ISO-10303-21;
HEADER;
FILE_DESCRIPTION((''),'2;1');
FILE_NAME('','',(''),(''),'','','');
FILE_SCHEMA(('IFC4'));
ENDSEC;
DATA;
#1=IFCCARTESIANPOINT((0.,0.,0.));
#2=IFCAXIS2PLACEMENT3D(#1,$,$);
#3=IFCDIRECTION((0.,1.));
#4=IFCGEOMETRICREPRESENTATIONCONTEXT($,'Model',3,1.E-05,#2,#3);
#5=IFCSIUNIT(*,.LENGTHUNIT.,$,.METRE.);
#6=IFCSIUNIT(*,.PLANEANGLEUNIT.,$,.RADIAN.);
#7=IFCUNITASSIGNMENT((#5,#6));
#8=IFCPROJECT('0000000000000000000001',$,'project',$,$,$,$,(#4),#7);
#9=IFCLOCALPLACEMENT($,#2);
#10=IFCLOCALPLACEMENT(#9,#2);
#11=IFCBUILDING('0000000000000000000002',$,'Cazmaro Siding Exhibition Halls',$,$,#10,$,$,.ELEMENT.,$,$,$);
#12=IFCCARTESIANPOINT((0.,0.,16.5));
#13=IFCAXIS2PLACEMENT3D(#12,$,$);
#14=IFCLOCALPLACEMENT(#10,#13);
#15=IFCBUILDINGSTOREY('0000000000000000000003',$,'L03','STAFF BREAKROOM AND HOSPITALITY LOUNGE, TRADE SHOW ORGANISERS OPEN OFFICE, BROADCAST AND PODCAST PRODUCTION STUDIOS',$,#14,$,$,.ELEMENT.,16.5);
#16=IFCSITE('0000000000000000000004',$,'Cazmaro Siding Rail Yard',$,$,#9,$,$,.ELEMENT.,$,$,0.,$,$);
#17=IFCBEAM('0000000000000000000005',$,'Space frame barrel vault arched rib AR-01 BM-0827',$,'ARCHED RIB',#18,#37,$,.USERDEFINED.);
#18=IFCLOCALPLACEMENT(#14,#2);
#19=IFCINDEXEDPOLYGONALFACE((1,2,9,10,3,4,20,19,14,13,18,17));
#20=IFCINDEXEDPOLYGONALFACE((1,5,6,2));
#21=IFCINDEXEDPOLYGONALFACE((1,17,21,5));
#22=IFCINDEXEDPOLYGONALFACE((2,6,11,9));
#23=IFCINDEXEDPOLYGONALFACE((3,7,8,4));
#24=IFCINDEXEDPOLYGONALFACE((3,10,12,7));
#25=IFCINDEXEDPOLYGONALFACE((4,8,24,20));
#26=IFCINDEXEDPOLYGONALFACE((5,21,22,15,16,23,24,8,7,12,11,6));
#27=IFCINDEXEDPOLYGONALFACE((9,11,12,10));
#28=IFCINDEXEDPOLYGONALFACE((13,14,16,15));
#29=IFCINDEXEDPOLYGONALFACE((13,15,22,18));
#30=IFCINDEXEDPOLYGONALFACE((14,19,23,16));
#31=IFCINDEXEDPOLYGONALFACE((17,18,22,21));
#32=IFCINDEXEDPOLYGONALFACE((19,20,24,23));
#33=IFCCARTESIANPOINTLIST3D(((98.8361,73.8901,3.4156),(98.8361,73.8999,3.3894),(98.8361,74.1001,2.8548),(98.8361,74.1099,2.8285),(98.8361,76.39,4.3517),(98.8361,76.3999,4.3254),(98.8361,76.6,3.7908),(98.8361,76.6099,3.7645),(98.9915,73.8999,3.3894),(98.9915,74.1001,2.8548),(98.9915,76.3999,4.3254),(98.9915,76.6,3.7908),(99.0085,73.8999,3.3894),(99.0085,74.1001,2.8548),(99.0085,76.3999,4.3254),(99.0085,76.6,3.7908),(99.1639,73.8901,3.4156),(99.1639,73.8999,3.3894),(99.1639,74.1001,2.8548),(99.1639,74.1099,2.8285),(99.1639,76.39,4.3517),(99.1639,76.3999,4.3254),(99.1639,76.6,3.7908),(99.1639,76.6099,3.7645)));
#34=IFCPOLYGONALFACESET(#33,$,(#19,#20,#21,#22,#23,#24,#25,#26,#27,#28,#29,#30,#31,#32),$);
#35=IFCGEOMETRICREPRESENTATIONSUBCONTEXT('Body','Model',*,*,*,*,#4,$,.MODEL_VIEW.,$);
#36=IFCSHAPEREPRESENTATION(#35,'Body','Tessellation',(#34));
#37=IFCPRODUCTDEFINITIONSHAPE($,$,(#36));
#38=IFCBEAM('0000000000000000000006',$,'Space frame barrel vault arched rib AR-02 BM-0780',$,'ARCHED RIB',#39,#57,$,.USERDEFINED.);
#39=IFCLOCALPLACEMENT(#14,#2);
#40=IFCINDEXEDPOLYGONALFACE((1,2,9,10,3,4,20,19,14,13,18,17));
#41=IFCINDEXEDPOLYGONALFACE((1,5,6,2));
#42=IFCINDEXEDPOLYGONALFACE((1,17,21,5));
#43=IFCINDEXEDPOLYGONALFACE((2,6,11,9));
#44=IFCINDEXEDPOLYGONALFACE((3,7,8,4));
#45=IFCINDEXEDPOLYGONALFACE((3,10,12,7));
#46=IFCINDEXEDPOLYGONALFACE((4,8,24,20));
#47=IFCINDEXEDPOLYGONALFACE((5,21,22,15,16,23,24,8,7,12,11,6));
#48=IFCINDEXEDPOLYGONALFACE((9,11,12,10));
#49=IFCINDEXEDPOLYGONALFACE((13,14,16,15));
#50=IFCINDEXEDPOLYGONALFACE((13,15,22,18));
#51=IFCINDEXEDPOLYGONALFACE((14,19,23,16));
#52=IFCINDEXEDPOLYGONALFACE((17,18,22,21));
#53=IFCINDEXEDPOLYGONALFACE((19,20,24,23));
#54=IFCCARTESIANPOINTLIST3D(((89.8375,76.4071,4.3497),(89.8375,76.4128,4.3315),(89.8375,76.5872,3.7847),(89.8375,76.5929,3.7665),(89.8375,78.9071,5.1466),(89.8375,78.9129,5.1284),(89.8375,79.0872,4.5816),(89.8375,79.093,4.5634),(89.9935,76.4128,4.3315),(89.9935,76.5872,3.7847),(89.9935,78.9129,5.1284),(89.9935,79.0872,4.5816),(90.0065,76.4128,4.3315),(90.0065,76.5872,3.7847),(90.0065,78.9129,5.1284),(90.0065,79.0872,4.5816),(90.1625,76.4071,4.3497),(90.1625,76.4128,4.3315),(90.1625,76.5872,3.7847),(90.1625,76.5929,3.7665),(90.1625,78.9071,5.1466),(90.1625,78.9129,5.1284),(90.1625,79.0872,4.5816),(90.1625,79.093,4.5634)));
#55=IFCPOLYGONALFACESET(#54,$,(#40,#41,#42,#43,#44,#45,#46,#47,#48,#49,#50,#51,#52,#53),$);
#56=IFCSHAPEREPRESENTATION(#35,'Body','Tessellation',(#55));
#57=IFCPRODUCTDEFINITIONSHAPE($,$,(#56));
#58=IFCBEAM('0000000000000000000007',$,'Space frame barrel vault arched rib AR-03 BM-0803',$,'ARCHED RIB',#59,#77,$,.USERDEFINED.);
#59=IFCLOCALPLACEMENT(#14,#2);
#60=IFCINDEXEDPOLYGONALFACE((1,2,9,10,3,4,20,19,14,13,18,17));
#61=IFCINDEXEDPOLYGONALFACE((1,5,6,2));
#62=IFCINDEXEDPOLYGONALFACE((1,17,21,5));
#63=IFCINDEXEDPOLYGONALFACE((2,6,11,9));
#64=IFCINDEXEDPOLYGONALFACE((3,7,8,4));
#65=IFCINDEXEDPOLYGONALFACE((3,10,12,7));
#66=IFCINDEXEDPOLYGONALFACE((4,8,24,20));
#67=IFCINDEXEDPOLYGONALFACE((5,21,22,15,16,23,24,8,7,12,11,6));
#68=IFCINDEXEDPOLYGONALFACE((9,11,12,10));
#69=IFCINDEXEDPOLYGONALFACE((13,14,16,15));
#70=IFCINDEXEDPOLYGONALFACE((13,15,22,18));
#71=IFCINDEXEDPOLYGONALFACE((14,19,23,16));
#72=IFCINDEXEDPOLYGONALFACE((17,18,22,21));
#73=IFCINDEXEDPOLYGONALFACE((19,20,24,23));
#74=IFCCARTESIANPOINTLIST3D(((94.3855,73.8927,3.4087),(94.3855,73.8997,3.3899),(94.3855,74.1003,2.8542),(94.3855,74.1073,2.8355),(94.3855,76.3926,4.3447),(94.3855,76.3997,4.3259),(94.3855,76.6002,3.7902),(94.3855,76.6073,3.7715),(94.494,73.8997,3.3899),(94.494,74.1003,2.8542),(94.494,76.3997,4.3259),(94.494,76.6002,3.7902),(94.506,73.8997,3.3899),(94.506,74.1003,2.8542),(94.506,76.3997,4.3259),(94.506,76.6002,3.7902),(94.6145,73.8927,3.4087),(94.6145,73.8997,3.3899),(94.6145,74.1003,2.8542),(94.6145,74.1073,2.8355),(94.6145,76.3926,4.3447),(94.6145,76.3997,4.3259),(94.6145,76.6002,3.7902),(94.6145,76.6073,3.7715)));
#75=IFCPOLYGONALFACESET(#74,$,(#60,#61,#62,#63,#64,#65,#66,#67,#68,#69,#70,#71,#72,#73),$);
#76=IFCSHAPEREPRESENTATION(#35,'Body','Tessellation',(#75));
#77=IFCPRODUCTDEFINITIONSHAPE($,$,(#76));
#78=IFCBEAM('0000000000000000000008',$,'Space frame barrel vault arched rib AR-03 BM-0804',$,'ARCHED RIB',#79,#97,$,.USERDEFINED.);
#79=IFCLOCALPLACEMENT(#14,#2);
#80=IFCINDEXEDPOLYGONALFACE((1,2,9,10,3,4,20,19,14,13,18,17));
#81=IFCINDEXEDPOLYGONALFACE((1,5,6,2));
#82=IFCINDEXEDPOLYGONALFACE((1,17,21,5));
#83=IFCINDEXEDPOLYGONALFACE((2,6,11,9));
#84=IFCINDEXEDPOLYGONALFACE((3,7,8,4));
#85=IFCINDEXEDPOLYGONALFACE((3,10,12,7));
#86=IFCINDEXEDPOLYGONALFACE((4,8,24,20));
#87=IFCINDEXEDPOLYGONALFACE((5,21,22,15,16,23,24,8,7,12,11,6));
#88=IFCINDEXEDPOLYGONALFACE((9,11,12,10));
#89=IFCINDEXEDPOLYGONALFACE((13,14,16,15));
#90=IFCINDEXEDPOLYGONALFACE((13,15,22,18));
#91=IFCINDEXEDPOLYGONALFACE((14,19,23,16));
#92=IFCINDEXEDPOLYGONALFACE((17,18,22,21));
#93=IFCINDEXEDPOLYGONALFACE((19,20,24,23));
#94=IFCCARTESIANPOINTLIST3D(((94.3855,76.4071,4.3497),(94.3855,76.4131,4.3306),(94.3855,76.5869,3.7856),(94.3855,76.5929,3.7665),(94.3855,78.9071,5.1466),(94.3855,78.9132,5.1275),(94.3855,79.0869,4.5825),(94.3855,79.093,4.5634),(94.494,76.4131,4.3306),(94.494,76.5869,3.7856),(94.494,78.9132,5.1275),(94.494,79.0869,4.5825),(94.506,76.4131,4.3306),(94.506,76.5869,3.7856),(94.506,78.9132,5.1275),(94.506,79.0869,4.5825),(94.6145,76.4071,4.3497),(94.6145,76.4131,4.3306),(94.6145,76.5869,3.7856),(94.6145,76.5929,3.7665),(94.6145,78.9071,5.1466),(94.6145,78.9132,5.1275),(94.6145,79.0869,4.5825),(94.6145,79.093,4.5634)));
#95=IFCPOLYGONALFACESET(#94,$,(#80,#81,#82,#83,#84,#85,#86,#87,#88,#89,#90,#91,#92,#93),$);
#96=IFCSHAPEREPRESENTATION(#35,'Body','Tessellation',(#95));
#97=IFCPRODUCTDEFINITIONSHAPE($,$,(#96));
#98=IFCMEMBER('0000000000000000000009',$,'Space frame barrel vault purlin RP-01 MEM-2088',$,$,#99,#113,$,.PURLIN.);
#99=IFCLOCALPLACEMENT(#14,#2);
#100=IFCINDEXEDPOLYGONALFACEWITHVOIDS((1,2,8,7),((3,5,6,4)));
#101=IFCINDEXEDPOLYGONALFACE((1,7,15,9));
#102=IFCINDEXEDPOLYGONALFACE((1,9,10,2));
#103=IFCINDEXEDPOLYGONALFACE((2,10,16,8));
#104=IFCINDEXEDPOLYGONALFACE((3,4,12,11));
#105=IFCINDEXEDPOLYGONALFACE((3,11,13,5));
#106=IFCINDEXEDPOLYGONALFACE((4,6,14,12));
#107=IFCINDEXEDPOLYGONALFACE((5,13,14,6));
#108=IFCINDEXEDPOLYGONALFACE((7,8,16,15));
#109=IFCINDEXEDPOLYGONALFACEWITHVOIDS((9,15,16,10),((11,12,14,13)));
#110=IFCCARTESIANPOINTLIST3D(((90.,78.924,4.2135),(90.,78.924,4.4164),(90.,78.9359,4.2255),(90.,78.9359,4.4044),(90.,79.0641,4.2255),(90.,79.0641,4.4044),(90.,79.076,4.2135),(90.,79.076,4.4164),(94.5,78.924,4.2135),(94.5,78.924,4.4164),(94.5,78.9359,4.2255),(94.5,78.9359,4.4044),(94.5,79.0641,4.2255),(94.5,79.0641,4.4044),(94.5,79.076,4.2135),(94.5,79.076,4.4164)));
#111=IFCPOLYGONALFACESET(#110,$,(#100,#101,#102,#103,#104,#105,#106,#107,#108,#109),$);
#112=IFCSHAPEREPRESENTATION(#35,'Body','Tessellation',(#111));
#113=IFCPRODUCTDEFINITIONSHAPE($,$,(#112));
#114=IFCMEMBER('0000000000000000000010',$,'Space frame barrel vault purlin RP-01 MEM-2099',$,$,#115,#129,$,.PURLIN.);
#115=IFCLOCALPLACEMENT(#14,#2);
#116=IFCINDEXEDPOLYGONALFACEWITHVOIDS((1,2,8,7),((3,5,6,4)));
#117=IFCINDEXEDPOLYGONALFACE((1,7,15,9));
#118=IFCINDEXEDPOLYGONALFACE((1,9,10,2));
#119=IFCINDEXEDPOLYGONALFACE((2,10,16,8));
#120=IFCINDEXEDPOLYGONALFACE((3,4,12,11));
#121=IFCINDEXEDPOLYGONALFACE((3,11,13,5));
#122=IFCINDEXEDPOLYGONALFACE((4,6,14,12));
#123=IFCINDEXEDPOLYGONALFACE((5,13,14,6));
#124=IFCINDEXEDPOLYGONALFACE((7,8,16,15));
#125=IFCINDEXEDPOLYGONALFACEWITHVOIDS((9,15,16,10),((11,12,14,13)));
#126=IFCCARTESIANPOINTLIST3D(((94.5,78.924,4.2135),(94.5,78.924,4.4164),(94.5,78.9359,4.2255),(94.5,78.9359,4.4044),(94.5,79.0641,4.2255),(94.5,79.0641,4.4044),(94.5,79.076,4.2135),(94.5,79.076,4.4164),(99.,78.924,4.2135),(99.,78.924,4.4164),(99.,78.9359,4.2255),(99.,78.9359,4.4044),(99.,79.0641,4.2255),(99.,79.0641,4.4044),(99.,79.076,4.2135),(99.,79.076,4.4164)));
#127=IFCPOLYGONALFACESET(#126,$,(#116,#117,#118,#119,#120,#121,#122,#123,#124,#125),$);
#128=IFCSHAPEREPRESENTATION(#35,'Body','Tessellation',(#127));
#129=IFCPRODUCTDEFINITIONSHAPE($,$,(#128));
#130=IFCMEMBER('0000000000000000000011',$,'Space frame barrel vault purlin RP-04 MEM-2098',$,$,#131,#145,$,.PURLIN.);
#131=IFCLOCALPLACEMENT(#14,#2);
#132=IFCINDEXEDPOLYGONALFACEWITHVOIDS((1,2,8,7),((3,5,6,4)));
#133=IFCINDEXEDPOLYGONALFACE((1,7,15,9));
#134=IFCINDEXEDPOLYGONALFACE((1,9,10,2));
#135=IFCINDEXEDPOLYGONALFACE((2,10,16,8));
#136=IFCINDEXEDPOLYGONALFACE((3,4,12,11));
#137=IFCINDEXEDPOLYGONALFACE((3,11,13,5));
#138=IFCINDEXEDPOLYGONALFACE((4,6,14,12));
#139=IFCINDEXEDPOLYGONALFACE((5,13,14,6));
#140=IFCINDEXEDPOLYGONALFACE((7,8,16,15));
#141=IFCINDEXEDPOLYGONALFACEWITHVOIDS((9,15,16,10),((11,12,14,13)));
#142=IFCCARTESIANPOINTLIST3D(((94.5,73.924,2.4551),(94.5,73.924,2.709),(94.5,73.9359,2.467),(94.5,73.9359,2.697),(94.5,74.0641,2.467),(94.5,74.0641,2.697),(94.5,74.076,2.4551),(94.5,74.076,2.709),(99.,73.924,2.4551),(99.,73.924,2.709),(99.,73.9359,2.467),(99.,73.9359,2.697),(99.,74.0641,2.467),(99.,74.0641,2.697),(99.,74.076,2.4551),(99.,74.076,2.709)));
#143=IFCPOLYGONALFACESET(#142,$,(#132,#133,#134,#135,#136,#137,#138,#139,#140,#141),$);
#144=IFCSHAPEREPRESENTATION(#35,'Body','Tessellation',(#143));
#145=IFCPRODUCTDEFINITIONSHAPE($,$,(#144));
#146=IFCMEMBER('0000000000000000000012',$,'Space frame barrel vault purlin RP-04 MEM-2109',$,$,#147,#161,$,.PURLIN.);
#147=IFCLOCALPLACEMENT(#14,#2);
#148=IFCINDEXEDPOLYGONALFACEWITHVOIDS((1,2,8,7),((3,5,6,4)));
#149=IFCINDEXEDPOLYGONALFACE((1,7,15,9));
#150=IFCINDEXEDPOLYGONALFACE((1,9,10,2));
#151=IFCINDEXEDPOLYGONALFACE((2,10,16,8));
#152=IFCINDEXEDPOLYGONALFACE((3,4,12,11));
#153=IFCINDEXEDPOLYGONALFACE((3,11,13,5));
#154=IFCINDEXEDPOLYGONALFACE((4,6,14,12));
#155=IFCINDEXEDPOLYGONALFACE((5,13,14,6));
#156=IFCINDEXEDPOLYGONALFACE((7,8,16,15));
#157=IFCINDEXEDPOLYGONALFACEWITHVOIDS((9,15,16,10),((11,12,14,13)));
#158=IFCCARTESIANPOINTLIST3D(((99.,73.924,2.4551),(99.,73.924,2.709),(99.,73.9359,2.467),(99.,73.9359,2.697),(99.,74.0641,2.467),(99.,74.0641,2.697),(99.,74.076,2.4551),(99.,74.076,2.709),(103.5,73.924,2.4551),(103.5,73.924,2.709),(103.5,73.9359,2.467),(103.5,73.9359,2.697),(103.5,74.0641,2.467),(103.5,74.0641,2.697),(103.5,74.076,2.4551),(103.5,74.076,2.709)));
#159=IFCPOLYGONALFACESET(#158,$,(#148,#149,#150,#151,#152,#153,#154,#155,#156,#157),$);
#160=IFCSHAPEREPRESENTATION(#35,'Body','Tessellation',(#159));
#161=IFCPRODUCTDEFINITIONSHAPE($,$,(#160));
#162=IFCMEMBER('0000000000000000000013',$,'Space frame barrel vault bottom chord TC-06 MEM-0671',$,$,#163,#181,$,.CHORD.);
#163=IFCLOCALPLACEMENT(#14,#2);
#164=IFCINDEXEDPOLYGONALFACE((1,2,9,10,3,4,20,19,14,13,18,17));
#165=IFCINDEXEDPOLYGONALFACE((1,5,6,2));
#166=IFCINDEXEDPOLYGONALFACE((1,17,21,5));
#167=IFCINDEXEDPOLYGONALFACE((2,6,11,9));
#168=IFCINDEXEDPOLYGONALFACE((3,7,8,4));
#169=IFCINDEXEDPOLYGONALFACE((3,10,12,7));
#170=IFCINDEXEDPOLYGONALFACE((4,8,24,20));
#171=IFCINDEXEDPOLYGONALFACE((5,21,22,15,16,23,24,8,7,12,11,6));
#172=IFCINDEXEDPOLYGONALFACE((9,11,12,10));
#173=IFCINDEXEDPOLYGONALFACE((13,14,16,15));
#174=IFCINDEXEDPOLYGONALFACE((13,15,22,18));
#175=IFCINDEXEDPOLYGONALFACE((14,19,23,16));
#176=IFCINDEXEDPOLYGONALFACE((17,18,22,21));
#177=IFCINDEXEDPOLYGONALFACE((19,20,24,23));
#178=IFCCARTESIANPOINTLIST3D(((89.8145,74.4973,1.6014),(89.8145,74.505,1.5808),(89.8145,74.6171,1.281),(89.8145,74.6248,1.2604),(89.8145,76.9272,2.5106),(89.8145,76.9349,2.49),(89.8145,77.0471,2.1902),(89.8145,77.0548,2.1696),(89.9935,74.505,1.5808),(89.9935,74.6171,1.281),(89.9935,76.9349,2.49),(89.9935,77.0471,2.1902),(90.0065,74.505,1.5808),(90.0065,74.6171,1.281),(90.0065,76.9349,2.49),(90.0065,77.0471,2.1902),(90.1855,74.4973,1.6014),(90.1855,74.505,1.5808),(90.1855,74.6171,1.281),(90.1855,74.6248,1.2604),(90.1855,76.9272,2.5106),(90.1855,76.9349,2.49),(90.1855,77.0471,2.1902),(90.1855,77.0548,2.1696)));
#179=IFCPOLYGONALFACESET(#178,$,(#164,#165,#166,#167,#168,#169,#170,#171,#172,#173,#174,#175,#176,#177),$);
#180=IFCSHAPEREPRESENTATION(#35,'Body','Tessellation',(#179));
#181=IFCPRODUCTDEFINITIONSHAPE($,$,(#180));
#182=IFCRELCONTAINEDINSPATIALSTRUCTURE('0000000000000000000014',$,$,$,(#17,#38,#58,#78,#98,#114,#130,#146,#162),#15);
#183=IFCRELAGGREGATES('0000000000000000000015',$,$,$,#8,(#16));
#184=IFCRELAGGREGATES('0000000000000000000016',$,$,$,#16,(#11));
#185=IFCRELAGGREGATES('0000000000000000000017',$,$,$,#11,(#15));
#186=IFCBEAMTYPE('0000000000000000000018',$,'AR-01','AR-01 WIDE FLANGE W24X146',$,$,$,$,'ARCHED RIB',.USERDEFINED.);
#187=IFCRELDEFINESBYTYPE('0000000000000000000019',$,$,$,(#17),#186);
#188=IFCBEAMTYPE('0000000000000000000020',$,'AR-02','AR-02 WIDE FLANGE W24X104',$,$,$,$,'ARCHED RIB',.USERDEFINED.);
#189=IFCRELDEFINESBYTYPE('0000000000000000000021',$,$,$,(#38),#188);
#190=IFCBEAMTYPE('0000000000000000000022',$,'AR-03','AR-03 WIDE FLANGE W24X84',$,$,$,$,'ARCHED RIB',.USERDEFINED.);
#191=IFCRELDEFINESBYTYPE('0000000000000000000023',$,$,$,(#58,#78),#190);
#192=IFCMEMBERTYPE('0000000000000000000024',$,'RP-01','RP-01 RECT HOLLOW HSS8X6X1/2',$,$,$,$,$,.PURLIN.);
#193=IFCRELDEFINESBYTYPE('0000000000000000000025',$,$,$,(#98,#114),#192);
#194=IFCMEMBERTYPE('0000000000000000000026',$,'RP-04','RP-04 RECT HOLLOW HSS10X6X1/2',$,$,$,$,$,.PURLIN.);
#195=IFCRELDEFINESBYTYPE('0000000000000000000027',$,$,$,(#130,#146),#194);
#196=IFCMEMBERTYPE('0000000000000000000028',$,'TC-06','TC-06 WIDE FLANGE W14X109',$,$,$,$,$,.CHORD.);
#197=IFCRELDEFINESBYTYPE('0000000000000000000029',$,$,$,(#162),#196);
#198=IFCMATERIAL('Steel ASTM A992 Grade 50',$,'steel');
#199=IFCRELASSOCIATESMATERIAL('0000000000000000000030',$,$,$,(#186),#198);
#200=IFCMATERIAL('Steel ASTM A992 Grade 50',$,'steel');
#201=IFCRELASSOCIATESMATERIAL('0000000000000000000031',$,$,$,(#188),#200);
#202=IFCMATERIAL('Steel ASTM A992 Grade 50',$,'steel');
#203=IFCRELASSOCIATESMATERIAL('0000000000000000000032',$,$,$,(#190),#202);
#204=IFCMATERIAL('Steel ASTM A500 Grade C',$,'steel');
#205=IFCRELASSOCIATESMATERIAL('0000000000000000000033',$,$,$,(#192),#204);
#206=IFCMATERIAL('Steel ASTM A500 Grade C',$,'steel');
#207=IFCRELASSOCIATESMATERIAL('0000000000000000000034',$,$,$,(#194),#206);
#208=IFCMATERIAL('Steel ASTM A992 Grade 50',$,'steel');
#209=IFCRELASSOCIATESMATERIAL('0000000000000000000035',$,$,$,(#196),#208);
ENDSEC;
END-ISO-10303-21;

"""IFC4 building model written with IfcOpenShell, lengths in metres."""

from ifc_helpers import new_model, si_unit, direction, frame, origin, origin_2d, place, context, subcontext, project, spatial, hollow_rectangle, i_section, extrude, material, material_profile, profile_set, type_object, element, save


model = new_model("IFC4")

# Units and contexts
model_context = context("Model", 3, precision=1e-05, world=origin(), true_north=direction((0.0, 1.0)))
body_context = subcontext(model_context, "Body", "Model", "MODEL_VIEW")
ifc_project = project(units=[si_unit("LENGTHUNIT", "METRE"), si_unit("PLANEANGLEUNIT", "RADIAN")], contexts=[model_context])

# Site, building, storey
site_placement = place(None, origin())
site = spatial("IfcSite", under=ifc_project, at=site_placement, Name="Cazmaro Siding Rail Yard", CompositionType="ELEMENT", RefElevation=0.0)
building_placement = place(site_placement, origin())
building = spatial("IfcBuilding", under=site, at=building_placement, Name="Cazmaro Siding Exhibition Halls", CompositionType="ELEMENT")
storey_placement = place(building_placement, frame((0.0, 0.0, 16.5)))
storey = spatial("IfcBuildingStorey", under=building, at=storey_placement, Name="L03", Description="STAFF BREAKROOM AND HOSPITALITY LOUNGE, TRADE SHOW ORGANISERS OPEN OFFICE, BROADCAST AND PODCAST PRODUCTION STUDIOS", CompositionType="ELEMENT", Elevation=16.5)

# Beams
ifc_material_1 = material(Name="Steel ASTM A992 Grade 50", Category="steel")
ifc_material_profile_1 = material_profile(ifc_material_1, i_section(OverallWidth=0.3279, OverallDepth=0.627, WebThickness=0.0171, FlangeThickness=0.0281, at=origin_2d()), Name="W24X146")
ifc_profile_set_1 = profile_set([ifc_material_profile_1], Name="Steel ASTM A992 Grade 50")
beam_type_1 = type_object("IfcBeamType", Name="AR-01", Description="AR-01 WIDE FLANGE W24X146", ElementType="ARCHED RIB", PredefinedType="USERDEFINED", material=ifc_profile_set_1)
beam_1_placement = place(storey_placement, frame((99.0, 74.0, 3.1221), z_axis=(0.0, 0.936509, 0.350642), x_axis=(-1.0, 0.0, 0.0)))
element("IfcBeam", 1, at=beam_1_placement, inside=storey, type_object=beam_type_1, Name="Space frame barrel vault arched rib AR-01 BM-0827", ObjectType="ARCHED RIB", PredefinedType="USERDEFINED", context=body_context, shape_type="SweptSolid", body=[
    extrude(i_section(OverallWidth=0.3279, OverallDepth=0.627, WebThickness=0.0171, FlangeThickness=0.0281, at=origin_2d()), origin(), (0.0, 0.0, 1.0), 2.6694),
])
ifc_material_2 = material(Name="Steel ASTM A992 Grade 50", Category="steel")
ifc_material_profile_2 = material_profile(ifc_material_2, i_section(OverallWidth=0.325, OverallDepth=0.6121, WebThickness=0.0129, FlangeThickness=0.019, at=origin_2d()), Name="W24X104")
ifc_profile_set_2 = profile_set([ifc_material_profile_2], Name="Steel ASTM A992 Grade 50")
beam_type_2 = type_object("IfcBeamType", Name="AR-02", Description="AR-02 WIDE FLANGE W24X104", ElementType="ARCHED RIB", PredefinedType="USERDEFINED", material=ifc_profile_set_2)
beam_2_placement = place(storey_placement, frame((90.0, 76.5, 4.0581), z_axis=(0.0, 0.952769, 0.303695), x_axis=(-1.0, 0.0, 0.0)))
element("IfcBeam", 2, at=beam_2_placement, inside=storey, type_object=beam_type_2, Name="Space frame barrel vault arched rib AR-02 BM-0780", ObjectType="ARCHED RIB", PredefinedType="USERDEFINED", context=body_context, shape_type="SweptSolid", body=[
    extrude(i_section(OverallWidth=0.325, OverallDepth=0.6121, WebThickness=0.0129, FlangeThickness=0.019, at=origin_2d()), origin(), (0.0, 0.0, 1.0), 2.624),
])
ifc_material_3 = material(Name="Steel ASTM A992 Grade 50", Category="steel")
ifc_material_profile_3 = material_profile(ifc_material_3, i_section(OverallWidth=0.229, OverallDepth=0.6121, WebThickness=0.012, FlangeThickness=0.02, at=origin_2d()), Name="W24X84")
ifc_profile_set_3 = profile_set([ifc_material_profile_3], Name="Steel ASTM A992 Grade 50")
beam_type_3 = type_object("IfcBeamType", Name="AR-03", Description="AR-03 WIDE FLANGE W24X84", ElementType="ARCHED RIB", PredefinedType="USERDEFINED", material=ifc_profile_set_3)
beam_3_placement = place(storey_placement, frame((94.5, 74.0, 3.1221), z_axis=(0.0, 0.936509, 0.350642), x_axis=(-1.0, 0.0, 0.0)))
element("IfcBeam", 3, at=beam_3_placement, inside=storey, type_object=beam_type_3, Name="Space frame barrel vault arched rib AR-03 BM-0803", ObjectType="ARCHED RIB", PredefinedType="USERDEFINED", context=body_context, shape_type="SweptSolid", body=[
    extrude(i_section(OverallWidth=0.229, OverallDepth=0.6121, WebThickness=0.012, FlangeThickness=0.02, at=origin_2d()), origin(), (0.0, 0.0, 1.0), 2.6694),
])
beam_4_placement = place(storey_placement, frame((94.5, 76.5, 4.0581), z_axis=(0.0, 0.952769, 0.303695), x_axis=(-1.0, 0.0, 0.0)))
element("IfcBeam", 4, at=beam_4_placement, inside=storey, type_object=beam_type_3, Name="Space frame barrel vault arched rib AR-03 BM-0804", ObjectType="ARCHED RIB", PredefinedType="USERDEFINED", context=body_context, shape_type="SweptSolid", body=[
    extrude(i_section(OverallWidth=0.229, OverallDepth=0.6121, WebThickness=0.012, FlangeThickness=0.02, at=origin_2d()), origin(), (0.0, 0.0, 1.0), 2.624),
])

# Members
ifc_material_4 = material(Name="Steel ASTM A500 Grade C", Category="steel")
ifc_material_profile_4 = material_profile(ifc_material_4, hollow_rectangle(XDim=0.1521, YDim=0.2029, WallThickness=0.012, at=origin_2d()), Name="HSS8X6X1/2")
ifc_profile_set_4 = profile_set([ifc_material_profile_4], Name="Steel ASTM A500 Grade C")
member_type_1 = type_object("IfcMemberType", Name="RP-01", Description="RP-01 RECT HOLLOW HSS8X6X1/2", PredefinedType="PURLIN", material=ifc_profile_set_4)
for number, where, z_axis, x_axis, name in (
    (5, (90.0, 79.0, 4.3149), (1.0, 0.0, 0.0), (0.0, 1.0, 0.0), "Space frame barrel vault purlin RP-01 MEM-2088"),
    (6, (94.5, 79.0, 4.3149), (1.0, 0.0, 0.0), (0.0, 1.0, 0.0), "Space frame barrel vault purlin RP-01 MEM-2099"),
):
    element("IfcMember", number, at=place(storey_placement, frame(where, z_axis=z_axis, x_axis=x_axis)), inside=storey, type_object=member_type_1, Name=name, PredefinedType="PURLIN", context=body_context, shape_type="SweptSolid", body=[
        extrude(hollow_rectangle(XDim=0.1521, YDim=0.2029, WallThickness=0.012, at=origin_2d()), origin(), (0.0, 0.0, 1.0), 4.5),
    ])
ifc_material_5 = material(Name="Steel ASTM A500 Grade C", Category="steel")
ifc_material_profile_5 = material_profile(ifc_material_5, hollow_rectangle(XDim=0.1521, YDim=0.2539, WallThickness=0.012, at=origin_2d()), Name="HSS10X6X1/2")
ifc_profile_set_5 = profile_set([ifc_material_profile_5], Name="Steel ASTM A500 Grade C")
member_type_2 = type_object("IfcMemberType", Name="RP-04", Description="RP-04 RECT HOLLOW HSS10X6X1/2", PredefinedType="PURLIN", material=ifc_profile_set_5)
for number, where, z_axis, x_axis, name in (
    (7, (94.5, 74.0, 2.582), (1.0, 0.0, 0.0), (0.0, 1.0, 0.0), "Space frame barrel vault purlin RP-04 MEM-2098"),
    (8, (99.0, 74.0, 2.582), (1.0, 0.0, 0.0), (0.0, 1.0, 0.0), "Space frame barrel vault purlin RP-04 MEM-2109"),
):
    element("IfcMember", number, at=place(storey_placement, frame(where, z_axis=z_axis, x_axis=x_axis)), inside=storey, type_object=member_type_2, Name=name, PredefinedType="PURLIN", context=body_context, shape_type="SweptSolid", body=[
        extrude(hollow_rectangle(XDim=0.1521, YDim=0.2539, WallThickness=0.012, at=origin_2d()), origin(), (0.0, 0.0, 1.0), 4.5),
    ])
ifc_material_6 = material(Name="Steel ASTM A992 Grade 50", Category="steel")
ifc_material_profile_6 = material_profile(ifc_material_6, i_section(OverallWidth=0.3711, OverallDepth=0.364, WebThickness=0.0129, FlangeThickness=0.022, at=origin_2d()), Name="W14X109")
ifc_profile_set_6 = profile_set([ifc_material_profile_6], Name="Steel ASTM A992 Grade 50")
member_type_3 = type_object("IfcMemberType", Name="TC-06", Description="TC-06 WIDE FLANGE W14X109", PredefinedType="CHORD", material=ifc_profile_set_6)
member_1_placement = place(storey_placement, frame((90.0, 74.561, 1.4309), z_axis=(0.0, 0.936588, 0.350432), x_axis=(-1.0, 0.0, 0.0)))
element("IfcMember", 9, at=member_1_placement, inside=storey, type_object=member_type_3, Name="Space frame barrel vault bottom chord TC-06 MEM-0671", PredefinedType="CHORD", context=body_context, shape_type="SweptSolid", body=[
    extrude(i_section(OverallWidth=0.3711, OverallDepth=0.364, WebThickness=0.0129, FlangeThickness=0.022, at=origin_2d()), origin(), (0.0, 0.0, 1.0), 2.5945),
])

save(model, "model.ifc")
